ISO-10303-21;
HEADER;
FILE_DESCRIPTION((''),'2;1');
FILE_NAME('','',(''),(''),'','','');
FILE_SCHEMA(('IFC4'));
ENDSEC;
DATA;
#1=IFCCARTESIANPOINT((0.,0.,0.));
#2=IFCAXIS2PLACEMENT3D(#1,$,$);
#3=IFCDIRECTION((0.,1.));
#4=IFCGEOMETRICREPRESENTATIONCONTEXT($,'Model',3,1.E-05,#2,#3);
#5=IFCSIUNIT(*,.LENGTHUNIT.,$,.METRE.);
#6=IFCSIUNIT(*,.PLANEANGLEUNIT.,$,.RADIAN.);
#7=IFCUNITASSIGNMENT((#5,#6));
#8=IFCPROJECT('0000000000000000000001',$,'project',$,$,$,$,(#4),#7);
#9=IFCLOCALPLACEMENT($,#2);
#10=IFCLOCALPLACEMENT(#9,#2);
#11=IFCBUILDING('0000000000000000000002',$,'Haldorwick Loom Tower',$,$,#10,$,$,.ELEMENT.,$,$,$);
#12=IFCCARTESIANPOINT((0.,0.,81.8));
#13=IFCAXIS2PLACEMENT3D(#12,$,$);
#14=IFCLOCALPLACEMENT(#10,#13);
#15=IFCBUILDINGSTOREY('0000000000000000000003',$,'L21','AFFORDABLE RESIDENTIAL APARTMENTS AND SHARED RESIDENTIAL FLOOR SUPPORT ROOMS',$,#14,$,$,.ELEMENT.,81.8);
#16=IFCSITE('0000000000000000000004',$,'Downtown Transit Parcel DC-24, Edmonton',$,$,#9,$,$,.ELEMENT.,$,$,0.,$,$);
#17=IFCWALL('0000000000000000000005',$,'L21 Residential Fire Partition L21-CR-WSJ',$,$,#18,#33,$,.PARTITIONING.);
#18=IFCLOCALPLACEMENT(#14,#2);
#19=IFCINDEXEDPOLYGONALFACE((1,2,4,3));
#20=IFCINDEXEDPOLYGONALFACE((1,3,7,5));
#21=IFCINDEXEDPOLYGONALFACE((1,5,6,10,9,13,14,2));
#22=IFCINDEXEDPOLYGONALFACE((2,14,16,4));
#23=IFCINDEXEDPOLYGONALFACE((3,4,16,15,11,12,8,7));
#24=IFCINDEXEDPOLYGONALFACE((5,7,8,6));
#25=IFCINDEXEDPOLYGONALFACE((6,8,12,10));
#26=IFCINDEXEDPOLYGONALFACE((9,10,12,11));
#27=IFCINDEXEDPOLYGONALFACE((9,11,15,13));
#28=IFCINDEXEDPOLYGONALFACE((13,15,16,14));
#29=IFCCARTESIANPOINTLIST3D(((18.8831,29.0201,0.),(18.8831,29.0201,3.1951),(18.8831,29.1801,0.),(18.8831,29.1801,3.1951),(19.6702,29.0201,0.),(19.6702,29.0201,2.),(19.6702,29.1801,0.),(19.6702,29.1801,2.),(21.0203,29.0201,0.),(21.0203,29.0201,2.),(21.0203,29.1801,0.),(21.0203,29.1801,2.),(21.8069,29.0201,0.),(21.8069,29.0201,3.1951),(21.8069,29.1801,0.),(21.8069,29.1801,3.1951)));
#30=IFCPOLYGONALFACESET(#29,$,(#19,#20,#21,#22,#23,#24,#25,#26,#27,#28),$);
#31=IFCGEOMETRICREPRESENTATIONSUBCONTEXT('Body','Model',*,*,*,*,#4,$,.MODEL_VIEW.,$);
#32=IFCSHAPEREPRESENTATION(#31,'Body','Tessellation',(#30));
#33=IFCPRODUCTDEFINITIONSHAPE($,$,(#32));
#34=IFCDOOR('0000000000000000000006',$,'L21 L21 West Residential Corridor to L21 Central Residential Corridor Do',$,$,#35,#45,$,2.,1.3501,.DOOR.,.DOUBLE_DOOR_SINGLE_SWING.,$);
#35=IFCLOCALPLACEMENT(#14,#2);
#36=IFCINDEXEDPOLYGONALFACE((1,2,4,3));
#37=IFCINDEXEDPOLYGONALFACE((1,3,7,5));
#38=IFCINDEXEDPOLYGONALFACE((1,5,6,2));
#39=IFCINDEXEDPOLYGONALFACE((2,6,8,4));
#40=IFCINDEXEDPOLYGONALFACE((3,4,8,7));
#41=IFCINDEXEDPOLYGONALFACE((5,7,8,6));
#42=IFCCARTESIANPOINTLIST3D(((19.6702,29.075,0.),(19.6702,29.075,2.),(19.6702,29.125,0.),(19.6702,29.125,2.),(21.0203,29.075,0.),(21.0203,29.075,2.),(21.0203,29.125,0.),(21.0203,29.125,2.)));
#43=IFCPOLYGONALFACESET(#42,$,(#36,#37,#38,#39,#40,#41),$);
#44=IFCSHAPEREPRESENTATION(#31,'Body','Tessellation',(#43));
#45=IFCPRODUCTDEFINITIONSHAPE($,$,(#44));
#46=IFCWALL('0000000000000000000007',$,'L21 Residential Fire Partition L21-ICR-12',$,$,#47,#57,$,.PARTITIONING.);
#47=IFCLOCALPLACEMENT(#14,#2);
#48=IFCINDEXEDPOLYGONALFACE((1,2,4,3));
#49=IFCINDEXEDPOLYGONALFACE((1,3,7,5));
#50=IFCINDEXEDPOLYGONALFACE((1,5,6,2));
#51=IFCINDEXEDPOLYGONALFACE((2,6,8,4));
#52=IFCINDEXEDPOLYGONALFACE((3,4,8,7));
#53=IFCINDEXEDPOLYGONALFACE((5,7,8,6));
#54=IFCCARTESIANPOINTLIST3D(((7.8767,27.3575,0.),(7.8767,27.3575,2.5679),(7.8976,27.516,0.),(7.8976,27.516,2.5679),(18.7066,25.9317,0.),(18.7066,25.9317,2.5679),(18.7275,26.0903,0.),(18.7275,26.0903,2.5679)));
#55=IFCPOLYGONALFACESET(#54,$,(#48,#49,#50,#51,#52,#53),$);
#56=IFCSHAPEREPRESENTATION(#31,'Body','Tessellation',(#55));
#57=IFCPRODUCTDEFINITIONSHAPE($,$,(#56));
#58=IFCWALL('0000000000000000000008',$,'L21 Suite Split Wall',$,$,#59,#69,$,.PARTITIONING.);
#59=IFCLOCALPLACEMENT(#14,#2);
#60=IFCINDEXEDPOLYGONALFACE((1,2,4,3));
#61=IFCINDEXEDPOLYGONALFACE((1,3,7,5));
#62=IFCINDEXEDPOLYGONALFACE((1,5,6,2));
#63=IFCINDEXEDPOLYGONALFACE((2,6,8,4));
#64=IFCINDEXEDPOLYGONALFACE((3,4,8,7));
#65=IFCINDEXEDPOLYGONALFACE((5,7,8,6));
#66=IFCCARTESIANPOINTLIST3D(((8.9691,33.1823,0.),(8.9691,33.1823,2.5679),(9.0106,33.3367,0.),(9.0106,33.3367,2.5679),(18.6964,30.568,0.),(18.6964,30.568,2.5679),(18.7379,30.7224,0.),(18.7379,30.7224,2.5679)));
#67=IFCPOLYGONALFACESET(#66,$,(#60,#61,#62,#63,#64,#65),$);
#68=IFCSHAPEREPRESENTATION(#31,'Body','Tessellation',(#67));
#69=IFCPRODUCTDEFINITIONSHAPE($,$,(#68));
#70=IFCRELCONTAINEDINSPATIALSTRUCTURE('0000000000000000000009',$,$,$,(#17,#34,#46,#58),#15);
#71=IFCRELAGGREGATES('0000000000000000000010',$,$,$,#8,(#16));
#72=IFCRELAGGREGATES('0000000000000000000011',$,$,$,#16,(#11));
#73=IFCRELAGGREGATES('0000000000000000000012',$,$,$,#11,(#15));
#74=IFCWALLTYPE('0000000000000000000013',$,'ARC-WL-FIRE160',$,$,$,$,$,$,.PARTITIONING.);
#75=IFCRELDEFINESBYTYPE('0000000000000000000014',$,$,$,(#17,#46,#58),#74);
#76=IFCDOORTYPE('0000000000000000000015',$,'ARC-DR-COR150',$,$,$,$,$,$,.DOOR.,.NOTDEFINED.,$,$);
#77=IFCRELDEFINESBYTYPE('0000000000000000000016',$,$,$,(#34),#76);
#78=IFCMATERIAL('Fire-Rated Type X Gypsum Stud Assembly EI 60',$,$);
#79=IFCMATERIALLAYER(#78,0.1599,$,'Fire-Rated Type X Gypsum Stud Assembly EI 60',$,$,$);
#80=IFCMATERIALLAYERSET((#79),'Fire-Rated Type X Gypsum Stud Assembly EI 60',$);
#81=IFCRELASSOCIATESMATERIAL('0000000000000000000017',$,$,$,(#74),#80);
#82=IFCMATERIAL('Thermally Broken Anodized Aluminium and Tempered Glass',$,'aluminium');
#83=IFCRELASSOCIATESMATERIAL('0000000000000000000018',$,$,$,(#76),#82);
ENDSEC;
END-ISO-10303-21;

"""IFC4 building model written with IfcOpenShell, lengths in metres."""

from ifc_helpers import new_model, si_unit, direction, frame, frame_2d, origin, place, context, subcontext, project, spatial, rectangle, extrude, material, layer, layer_set, type_object, element, fill, save


model = new_model("IFC4")

# Units and contexts
model_context = context("Model", 3, precision=1e-05, world=origin(), true_north=direction((0.0, 1.0)))
body_context = subcontext(model_context, "Body", "Model", "MODEL_VIEW")
ifc_project = project(units=[si_unit("LENGTHUNIT", "METRE"), si_unit("PLANEANGLEUNIT", "RADIAN")], contexts=[model_context])

# Site, building, storey
site_placement = place(None, origin())
site = spatial("IfcSite", under=ifc_project, at=site_placement, Name="Downtown Transit Parcel DC-24, Edmonton", CompositionType="ELEMENT", RefElevation=0.0)
building_placement = place(site_placement, origin())
building = spatial("IfcBuilding", under=site, at=building_placement, Name="Haldorwick Loom Tower", CompositionType="ELEMENT")
storey_placement = place(building_placement, frame((0.0, 0.0, 81.8)))
storey = spatial("IfcBuildingStorey", under=building, at=storey_placement, Name="L21", Description="AFFORDABLE RESIDENTIAL APARTMENTS AND SHARED RESIDENTIAL FLOOR SUPPORT ROOMS", CompositionType="ELEMENT", Elevation=81.8)

# Shared definitions
ifc_material_1 = material(Name="Fire-Rated Type X Gypsum Stud Assembly EI 60")
ifc_layer_1 = layer(ifc_material_1, 0.1599, Name="Fire-Rated Type X Gypsum Stud Assembly EI 60")
ifc_layer_set_1 = layer_set([ifc_layer_1], Name="Fire-Rated Type X Gypsum Stud Assembly EI 60")
wall_type_1 = type_object("IfcWallType", Name="ARC-WL-FIRE160", PredefinedType="PARTITIONING", material=ifc_layer_set_1)
ifc_material_2 = material(Name="Thermally Broken Anodized Aluminium and Tempered Glass", Category="aluminium")
door_type_1 = type_object("IfcDoorType", Name="ARC-DR-COR150", OperationType="NOTDEFINED", PredefinedType="DOOR", material=ifc_material_2)

# Wall, opening, door
wall_1_placement = place(storey_placement, frame((18.8831, 29.1001, 0.0), z_axis=(0.0, 0.0, 1.0), x_axis=(1.0, 0.0, 0.0)))
wall_1 = element("IfcWall", 1, at=wall_1_placement, inside=storey, type_object=wall_type_1, Name="L21 Residential Fire Partition L21-CR-WSJ", PredefinedType="PARTITIONING", context=body_context, shape_type="SweptSolid", body=[
    extrude(rectangle(XDim=2.9238, YDim=0.1599, at=frame_2d((1.4619, 0.0))), origin(), (0.0, 0.0, 1.0), 3.1951),
])
opening_1_placement = place(wall_1_placement, frame((0.7871, 0.0, 0.0)))
opening_1 = element("IfcOpeningElement", 2, at=opening_1_placement, cuts=wall_1, PredefinedType="OPENING", context=body_context, shape_type="SweptSolid", body=[
    extrude(rectangle(XDim=1.3501, YDim=2.0, at=frame_2d((0.675, 1.0))), frame((0.0, 0.0898, 0.0), z_axis=(0.0, -1.0, 0.0), x_axis=(1.0, 0.0, 0.0)), (0.0, 0.0, 1.0), 0.1799),
])
door_1_placement = place(opening_1_placement, origin())
door_1 = element("IfcDoor", 3, at=door_1_placement, inside=storey, type_object=door_type_1, Name="L21 L21 West Residential Corridor to L21 Central Residential Corridor Do", OperationType="DOUBLE_DOOR_SINGLE_SWING", OverallHeight=2.0, OverallWidth=1.3501, PredefinedType="DOOR", context=body_context, shape_type="SweptSolid", body=[
    extrude(rectangle(XDim=1.3501, YDim=2.0, at=frame_2d((0.675, 1.0))), frame((0.0, 0.0249, 0.0), z_axis=(0.0, -1.0, 0.0), x_axis=(1.0, 0.0, 0.0)), (0.0, 0.0, 1.0), 0.05),
])
fill(opening_1, door_1)

# Walls
wall_2_placement = place(storey_placement, frame((18.717, 26.011, 0.0), z_axis=(0.0, 0.0, 1.0), x_axis=(-0.991445, 0.130527, 0.0)))
element("IfcWall", 4, at=wall_2_placement, inside=storey, type_object=wall_type_1, Name="L21 Residential Fire Partition L21-ICR-12", PredefinedType="PARTITIONING", context=body_context, shape_type="SweptSolid", body=[
    extrude(rectangle(XDim=10.9233, YDim=0.1599, at=frame_2d((5.4617, 0.0))), origin(), (0.0, 0.0, 1.0), 2.5679),
])
wall_3_placement = place(storey_placement, frame((18.717, 30.6453, 0.0), z_axis=(0.0, 0.0, 1.0), x_axis=(-0.965731, 0.259545, 0.0)))
element("IfcWall", 5, at=wall_3_placement, inside=storey, type_object=wall_type_1, Name="L21 Suite Split Wall", PredefinedType="PARTITIONING", context=body_context, shape_type="SweptSolid", body=[
    extrude(rectangle(XDim=10.0725, YDim=0.1599, at=frame_2d((5.0361, 0.0))), origin(), (0.0, 0.0, 1.0), 2.5679),
])

save(model, "model.ifc")
